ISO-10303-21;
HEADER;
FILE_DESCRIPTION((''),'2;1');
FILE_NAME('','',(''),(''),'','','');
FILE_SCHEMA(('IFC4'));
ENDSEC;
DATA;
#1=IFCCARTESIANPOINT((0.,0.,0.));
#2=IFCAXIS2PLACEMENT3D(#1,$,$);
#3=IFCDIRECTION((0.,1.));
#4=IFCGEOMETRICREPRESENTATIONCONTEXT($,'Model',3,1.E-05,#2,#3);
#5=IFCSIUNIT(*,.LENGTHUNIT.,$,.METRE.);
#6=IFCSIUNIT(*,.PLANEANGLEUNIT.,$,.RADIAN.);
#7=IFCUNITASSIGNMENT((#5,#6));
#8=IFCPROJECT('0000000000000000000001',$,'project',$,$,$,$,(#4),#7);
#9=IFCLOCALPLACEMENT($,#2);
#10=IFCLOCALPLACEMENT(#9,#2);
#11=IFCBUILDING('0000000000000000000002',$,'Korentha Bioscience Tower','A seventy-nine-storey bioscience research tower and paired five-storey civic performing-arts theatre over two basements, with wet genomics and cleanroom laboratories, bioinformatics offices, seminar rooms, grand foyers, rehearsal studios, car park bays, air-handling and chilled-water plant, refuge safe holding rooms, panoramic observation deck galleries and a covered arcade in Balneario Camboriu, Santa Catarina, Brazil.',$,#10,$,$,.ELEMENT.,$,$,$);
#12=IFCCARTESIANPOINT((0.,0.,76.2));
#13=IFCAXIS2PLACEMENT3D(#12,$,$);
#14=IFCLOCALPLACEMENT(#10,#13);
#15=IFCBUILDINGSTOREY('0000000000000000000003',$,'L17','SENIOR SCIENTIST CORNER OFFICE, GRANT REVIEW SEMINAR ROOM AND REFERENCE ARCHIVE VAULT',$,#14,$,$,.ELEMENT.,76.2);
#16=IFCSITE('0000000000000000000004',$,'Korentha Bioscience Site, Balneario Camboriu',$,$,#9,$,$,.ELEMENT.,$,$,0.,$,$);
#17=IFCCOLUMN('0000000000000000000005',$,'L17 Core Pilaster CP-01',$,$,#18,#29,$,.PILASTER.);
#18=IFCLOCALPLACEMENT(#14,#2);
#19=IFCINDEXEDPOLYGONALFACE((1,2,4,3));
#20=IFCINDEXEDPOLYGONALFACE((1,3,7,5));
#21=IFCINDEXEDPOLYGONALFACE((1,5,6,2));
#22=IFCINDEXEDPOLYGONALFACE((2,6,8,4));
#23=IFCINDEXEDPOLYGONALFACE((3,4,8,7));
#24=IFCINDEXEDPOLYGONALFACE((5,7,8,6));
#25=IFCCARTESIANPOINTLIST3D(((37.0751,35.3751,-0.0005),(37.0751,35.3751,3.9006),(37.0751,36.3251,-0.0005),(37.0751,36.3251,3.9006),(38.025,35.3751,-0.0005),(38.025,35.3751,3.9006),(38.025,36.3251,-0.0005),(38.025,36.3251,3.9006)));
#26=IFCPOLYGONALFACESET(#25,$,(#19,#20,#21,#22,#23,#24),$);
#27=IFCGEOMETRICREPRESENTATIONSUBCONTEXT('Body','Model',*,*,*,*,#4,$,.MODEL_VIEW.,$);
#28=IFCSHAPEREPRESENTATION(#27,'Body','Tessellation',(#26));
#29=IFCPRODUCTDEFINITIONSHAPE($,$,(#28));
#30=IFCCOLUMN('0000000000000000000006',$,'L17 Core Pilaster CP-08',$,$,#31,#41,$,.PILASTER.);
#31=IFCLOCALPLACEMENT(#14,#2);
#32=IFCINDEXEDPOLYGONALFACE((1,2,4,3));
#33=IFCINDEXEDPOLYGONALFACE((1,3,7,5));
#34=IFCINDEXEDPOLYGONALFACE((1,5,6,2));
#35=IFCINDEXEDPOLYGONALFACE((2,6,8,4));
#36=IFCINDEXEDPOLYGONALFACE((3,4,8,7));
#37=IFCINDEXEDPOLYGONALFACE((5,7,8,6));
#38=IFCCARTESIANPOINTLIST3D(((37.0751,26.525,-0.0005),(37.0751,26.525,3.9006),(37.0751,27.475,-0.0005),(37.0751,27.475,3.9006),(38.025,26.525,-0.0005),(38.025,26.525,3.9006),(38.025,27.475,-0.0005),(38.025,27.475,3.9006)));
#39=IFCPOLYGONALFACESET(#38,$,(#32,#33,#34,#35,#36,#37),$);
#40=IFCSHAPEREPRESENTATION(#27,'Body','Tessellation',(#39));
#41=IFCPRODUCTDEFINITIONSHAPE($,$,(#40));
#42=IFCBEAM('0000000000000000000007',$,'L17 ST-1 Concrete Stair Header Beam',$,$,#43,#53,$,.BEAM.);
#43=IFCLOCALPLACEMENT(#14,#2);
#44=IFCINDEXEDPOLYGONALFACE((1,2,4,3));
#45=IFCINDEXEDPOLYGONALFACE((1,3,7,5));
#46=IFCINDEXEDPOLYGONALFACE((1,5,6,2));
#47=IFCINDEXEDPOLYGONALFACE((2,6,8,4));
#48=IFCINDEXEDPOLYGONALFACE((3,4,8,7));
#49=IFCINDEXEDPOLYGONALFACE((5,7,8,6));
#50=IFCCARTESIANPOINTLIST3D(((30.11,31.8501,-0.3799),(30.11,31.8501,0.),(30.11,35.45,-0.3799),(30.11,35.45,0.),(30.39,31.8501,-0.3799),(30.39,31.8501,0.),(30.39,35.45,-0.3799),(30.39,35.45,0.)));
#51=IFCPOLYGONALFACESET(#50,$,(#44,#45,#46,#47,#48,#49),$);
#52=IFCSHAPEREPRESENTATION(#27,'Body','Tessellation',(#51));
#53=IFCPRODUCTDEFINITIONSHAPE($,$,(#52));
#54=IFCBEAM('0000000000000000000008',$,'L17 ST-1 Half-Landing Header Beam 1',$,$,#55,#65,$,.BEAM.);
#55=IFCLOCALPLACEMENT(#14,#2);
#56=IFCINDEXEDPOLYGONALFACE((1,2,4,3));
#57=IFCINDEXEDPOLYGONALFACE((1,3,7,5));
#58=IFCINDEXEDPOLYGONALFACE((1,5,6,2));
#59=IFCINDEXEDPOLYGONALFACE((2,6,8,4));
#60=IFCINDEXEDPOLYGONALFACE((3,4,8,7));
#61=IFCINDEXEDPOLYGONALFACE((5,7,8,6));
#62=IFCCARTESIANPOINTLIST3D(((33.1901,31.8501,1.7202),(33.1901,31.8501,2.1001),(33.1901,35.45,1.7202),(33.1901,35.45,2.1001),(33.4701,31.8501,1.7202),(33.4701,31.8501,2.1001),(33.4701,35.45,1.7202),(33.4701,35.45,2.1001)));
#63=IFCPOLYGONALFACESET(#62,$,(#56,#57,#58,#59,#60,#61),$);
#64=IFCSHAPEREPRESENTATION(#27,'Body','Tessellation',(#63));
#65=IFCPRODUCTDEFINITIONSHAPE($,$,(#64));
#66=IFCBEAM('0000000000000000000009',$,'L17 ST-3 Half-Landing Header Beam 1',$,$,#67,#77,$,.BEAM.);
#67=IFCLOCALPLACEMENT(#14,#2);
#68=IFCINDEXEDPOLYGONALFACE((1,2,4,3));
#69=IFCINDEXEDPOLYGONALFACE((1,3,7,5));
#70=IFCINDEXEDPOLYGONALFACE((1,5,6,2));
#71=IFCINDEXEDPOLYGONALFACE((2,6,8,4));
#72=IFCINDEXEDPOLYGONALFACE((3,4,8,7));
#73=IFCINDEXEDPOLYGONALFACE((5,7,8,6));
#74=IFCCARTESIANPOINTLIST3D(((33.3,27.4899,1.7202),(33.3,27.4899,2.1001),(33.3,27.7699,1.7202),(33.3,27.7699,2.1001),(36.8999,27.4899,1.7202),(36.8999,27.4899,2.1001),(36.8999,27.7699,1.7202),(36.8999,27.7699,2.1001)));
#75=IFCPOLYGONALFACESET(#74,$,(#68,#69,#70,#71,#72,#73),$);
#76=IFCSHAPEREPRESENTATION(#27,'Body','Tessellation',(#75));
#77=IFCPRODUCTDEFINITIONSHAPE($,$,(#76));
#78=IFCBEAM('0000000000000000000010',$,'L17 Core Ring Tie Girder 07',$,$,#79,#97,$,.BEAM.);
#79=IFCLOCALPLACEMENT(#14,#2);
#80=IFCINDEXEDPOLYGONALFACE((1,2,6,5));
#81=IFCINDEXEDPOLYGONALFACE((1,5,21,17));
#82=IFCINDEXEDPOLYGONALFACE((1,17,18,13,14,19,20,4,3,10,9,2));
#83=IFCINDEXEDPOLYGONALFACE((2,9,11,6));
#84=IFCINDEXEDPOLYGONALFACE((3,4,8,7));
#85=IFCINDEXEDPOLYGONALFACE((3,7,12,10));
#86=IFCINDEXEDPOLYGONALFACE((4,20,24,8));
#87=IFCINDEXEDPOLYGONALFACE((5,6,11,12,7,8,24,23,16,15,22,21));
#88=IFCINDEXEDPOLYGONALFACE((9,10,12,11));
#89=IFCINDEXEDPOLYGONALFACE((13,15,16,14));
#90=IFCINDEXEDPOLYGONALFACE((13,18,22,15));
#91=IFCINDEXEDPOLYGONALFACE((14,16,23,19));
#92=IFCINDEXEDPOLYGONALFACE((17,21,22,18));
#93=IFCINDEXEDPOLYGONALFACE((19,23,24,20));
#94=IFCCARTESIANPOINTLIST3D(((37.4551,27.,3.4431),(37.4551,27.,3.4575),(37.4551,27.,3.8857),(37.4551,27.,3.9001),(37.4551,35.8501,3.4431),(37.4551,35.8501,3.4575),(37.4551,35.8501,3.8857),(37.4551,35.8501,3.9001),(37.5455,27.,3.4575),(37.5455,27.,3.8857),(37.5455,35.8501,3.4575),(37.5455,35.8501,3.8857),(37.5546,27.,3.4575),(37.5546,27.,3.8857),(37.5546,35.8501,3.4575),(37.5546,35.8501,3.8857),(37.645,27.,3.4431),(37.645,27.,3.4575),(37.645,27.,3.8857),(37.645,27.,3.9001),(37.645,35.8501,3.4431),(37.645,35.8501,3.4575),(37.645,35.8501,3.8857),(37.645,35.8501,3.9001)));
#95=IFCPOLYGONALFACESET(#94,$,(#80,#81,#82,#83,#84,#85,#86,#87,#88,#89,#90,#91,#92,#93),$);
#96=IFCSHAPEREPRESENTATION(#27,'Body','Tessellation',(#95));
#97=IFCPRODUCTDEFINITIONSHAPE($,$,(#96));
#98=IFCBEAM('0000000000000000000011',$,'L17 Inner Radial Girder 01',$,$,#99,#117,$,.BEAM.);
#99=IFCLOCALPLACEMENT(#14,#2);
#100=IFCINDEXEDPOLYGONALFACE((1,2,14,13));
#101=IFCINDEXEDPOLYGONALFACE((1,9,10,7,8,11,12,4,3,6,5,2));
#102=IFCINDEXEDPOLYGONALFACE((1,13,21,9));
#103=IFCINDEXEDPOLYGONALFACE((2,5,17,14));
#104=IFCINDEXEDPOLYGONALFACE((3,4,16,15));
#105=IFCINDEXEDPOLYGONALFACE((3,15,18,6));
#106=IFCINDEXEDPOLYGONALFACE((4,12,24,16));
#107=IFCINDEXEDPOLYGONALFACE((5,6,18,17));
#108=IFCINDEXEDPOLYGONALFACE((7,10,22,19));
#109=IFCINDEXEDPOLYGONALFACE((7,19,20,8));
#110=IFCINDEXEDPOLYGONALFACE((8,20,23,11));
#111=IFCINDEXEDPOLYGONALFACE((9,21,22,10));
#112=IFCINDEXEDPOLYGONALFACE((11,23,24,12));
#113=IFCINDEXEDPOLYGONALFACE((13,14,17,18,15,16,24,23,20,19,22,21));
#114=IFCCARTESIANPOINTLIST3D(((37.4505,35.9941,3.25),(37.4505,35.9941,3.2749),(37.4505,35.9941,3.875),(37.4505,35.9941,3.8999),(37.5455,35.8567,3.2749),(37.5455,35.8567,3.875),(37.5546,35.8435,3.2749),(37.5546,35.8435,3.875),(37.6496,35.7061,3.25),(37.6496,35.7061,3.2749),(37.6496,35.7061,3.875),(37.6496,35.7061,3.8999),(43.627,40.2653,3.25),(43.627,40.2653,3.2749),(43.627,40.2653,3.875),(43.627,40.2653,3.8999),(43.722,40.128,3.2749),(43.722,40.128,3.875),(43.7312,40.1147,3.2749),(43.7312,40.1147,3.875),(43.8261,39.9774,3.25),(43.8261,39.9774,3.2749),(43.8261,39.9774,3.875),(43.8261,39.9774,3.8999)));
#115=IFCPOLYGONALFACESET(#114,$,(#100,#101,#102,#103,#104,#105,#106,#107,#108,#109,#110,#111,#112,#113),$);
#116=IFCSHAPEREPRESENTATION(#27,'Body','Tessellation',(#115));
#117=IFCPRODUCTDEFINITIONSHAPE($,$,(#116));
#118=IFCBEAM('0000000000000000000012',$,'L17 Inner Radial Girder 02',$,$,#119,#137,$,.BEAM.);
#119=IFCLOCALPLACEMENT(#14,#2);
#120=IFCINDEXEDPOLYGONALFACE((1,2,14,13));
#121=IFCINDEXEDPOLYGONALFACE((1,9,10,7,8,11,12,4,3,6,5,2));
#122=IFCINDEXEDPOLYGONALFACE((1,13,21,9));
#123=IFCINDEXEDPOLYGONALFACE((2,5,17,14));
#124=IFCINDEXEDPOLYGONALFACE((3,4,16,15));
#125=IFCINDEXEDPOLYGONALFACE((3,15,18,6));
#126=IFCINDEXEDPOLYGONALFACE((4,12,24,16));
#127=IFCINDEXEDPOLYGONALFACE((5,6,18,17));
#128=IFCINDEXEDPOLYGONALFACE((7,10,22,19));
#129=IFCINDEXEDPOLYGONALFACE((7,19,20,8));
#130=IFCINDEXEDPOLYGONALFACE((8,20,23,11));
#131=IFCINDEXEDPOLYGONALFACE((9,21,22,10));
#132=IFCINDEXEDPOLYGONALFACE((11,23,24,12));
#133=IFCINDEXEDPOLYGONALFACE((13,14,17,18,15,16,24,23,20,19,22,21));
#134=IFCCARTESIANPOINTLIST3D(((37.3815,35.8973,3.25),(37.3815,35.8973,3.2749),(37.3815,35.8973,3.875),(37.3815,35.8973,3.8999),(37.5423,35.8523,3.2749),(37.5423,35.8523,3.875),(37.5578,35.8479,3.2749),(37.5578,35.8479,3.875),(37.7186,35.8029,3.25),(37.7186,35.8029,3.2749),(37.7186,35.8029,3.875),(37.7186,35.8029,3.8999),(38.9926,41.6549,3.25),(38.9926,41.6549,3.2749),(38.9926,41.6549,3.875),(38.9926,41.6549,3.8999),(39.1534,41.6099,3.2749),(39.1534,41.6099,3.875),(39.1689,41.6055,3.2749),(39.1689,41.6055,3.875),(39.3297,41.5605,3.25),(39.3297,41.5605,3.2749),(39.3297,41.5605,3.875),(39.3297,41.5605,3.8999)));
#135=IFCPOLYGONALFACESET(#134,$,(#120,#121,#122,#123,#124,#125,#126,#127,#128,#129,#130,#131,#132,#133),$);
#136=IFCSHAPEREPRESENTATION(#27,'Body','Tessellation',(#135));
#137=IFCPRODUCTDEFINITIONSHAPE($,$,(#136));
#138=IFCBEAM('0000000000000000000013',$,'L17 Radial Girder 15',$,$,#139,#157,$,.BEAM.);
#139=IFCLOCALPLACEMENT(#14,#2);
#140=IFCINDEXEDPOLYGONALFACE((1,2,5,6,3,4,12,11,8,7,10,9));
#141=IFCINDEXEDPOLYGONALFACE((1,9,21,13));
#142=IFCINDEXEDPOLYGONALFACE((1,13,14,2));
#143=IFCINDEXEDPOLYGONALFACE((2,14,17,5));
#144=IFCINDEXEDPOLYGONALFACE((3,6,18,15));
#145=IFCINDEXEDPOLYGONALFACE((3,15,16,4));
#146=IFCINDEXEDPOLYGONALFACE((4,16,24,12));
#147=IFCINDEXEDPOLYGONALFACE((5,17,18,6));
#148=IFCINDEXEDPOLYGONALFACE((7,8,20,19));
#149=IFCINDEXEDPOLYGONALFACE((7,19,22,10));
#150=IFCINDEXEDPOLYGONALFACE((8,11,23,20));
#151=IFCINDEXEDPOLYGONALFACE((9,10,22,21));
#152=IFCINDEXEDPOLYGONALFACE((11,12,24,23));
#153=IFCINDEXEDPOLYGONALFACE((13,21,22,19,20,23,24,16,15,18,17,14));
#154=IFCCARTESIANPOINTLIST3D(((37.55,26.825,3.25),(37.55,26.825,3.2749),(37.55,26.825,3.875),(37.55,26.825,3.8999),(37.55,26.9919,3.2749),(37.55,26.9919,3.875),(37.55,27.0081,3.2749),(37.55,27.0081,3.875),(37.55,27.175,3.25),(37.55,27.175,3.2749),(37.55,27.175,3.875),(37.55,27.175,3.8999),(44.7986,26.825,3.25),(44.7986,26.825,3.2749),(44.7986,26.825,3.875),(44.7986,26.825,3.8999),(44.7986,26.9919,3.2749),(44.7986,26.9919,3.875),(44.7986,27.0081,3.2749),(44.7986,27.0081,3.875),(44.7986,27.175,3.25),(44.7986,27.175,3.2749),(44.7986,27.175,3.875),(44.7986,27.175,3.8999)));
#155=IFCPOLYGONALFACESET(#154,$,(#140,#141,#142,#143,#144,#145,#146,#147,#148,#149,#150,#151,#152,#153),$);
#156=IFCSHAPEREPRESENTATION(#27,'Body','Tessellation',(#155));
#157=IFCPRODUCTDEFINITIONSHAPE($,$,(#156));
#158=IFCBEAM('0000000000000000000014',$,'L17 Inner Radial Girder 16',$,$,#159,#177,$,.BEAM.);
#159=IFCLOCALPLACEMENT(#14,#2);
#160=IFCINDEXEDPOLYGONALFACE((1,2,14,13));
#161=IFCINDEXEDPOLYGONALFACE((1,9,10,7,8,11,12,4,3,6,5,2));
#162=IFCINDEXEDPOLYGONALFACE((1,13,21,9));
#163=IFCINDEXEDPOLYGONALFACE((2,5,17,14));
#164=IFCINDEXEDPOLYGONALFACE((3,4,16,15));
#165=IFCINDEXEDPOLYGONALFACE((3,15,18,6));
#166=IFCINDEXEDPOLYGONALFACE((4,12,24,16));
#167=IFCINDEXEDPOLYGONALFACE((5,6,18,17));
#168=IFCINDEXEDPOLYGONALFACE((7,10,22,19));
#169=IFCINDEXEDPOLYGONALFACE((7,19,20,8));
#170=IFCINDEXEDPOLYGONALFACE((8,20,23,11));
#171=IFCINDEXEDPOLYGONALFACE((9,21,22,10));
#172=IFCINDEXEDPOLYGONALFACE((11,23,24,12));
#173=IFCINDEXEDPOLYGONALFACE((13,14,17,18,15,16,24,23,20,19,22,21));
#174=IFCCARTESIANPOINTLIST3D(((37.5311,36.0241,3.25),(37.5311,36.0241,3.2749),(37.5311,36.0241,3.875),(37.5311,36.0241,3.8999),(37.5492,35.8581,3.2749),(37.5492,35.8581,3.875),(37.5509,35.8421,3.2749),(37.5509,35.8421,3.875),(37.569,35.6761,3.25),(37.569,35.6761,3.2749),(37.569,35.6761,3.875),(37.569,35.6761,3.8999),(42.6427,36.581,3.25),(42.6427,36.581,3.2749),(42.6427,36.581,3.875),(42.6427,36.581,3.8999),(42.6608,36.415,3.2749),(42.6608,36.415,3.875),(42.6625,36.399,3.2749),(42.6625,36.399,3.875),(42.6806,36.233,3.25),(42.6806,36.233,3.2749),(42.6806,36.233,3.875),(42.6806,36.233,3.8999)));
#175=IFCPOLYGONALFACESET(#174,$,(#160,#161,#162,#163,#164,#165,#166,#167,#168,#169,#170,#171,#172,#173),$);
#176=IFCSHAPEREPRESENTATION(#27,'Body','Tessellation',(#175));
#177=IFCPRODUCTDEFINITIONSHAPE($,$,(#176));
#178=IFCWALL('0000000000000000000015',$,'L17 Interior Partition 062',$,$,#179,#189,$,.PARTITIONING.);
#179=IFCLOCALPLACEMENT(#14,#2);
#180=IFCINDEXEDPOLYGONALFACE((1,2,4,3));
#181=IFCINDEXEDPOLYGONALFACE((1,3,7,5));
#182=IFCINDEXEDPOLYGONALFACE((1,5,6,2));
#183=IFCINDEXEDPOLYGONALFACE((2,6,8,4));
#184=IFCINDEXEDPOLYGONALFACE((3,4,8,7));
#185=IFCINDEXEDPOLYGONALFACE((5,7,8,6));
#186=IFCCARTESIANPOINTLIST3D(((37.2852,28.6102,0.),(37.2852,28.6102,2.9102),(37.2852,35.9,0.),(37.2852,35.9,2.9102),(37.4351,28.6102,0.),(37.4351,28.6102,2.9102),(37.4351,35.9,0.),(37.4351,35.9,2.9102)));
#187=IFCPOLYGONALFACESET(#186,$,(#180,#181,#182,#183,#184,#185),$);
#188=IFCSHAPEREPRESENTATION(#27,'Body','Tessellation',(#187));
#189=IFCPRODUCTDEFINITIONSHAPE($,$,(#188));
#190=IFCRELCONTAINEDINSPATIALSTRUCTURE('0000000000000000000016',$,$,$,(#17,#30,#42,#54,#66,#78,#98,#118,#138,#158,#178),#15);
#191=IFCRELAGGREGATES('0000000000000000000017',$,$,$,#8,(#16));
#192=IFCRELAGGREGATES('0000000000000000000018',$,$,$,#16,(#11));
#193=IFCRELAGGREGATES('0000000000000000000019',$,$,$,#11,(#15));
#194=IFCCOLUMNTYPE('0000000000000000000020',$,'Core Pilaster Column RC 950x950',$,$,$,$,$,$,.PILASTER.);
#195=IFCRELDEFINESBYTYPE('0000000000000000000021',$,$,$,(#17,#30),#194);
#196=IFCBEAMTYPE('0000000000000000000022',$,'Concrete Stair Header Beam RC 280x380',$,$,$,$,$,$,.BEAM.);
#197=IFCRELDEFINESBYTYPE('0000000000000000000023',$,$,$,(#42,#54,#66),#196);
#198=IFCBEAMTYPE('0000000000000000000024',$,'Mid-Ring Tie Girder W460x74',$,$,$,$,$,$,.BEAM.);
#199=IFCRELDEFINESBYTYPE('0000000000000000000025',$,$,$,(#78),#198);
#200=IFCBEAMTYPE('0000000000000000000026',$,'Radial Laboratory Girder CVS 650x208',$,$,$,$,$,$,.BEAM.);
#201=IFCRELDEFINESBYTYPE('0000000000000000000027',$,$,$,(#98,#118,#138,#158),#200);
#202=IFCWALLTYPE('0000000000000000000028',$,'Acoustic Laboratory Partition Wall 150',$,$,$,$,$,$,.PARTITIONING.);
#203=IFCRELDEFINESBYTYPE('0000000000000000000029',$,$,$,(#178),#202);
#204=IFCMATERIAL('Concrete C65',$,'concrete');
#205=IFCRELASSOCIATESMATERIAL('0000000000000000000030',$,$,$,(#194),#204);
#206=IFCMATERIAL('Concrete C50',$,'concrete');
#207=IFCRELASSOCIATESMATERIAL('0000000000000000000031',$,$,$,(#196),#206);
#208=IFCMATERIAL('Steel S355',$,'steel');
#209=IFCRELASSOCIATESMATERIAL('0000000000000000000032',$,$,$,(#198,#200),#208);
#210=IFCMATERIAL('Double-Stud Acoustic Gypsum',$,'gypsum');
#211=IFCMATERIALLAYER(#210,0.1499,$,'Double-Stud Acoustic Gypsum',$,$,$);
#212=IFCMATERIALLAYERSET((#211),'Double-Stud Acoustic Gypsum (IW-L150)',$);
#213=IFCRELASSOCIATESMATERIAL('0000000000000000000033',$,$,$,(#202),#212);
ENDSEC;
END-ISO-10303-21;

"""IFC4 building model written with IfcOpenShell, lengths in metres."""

from ifc_helpers import new_model, si_unit, direction, frame, frame_2d, origin, origin_2d, place, context, subcontext, project, spatial, rectangle, i_section, extrude, material, layer, layer_set, material_profile, profile_set, type_object, element, save


model = new_model("IFC4")

# Units and contexts
model_context = context("Model", 3, precision=1e-05, world=origin(), true_north=direction((0.0, 1.0)))
body_context = subcontext(model_context, "Body", "Model", "MODEL_VIEW")
ifc_project = project(units=[si_unit("LENGTHUNIT", "METRE"), si_unit("PLANEANGLEUNIT", "RADIAN")], contexts=[model_context])

# Site, building, storey
site_placement = place(None, origin())
site = spatial("IfcSite", under=ifc_project, at=site_placement, Name="Korentha Bioscience Site, Balneario Camboriu", CompositionType="ELEMENT", RefElevation=0.0)
building_placement = place(site_placement, origin())
building = spatial("IfcBuilding", under=site, at=building_placement, Name="Korentha Bioscience Tower", Description="A seventy-nine-storey bioscience research tower and paired five-storey civic performing-arts theatre over two basements, with wet genomics and cleanroom laboratories, bioinformatics offices, seminar rooms, grand foyers, rehearsal studios, car park bays, air-handling and chilled-water plant, refuge safe holding rooms, panoramic observation deck galleries and a covered arcade in Balneario Camboriu, Santa Catarina, Brazil.", CompositionType="ELEMENT")
storey_placement = place(building_placement, frame((0.0, 0.0, 76.2)))
storey = spatial("IfcBuildingStorey", under=building, at=storey_placement, Name="L17", Description="SENIOR SCIENTIST CORNER OFFICE, GRANT REVIEW SEMINAR ROOM AND REFERENCE ARCHIVE VAULT", CompositionType="ELEMENT", Elevation=76.2)

# Columns
ifc_material_1 = material(Name="Concrete C65", Category="concrete")
ifc_material_profile_1 = material_profile(ifc_material_1, rectangle(XDim=0.95, YDim=0.95, at=origin_2d()), Name="Concrete C65")
ifc_profile_set_1 = profile_set([ifc_material_profile_1], Name="Concrete C65 (COL-CP09)")
column_type = type_object("IfcColumnType", Name="Core Pilaster Column RC 950x950", PredefinedType="PILASTER", material=ifc_profile_set_1)
for number, where, z_axis, x_axis, name in (
    (1, (37.55, 35.8501, -0.0005), (0.0, 0.0, 1.0), (1.0, 0.0, 0.0), "L17 Core Pilaster CP-01"),
    (2, (37.55, 27.0, -0.0005), (0.0, 0.0, 1.0), (1.0, 0.0, 0.0), "L17 Core Pilaster CP-08"),
):
    element("IfcColumn", number, at=place(storey_placement, frame(where, z_axis=z_axis, x_axis=x_axis)), inside=storey, type_object=column_type, Name=name, PredefinedType="PILASTER", context=body_context, shape_type="SweptSolid", body=[
        extrude(rectangle(XDim=0.95, YDim=0.95, at=origin_2d()), origin(), (0.0, 0.0, 1.0), 3.9011),
    ])

# Beams
ifc_material_2 = material(Name="Concrete C50", Category="concrete")
ifc_material_profile_2 = material_profile(ifc_material_2, rectangle(XDim=0.28, YDim=0.3799, at=origin_2d()), Name="Concrete C50")
ifc_profile_set_2 = profile_set([ifc_material_profile_2], Name="Concrete C50 (ST-HB380)")
beam_type_1 = type_object("IfcBeamType", Name="Concrete Stair Header Beam RC 280x380", PredefinedType="BEAM", material=ifc_profile_set_2)
for number, where, z_axis, x_axis, name in (
    (3, (30.25, 31.8501, -0.1899), (0.0, 1.0, 0.0), (-1.0, 0.0, 0.0), "L17 ST-1 Concrete Stair Header Beam"),
    (4, (33.3301, 31.8501, 1.9102), (0.0, 1.0, 0.0), (-1.0, 0.0, 0.0), "L17 ST-1 Half-Landing Header Beam 1"),
    (5, (36.8999, 27.6299, 1.9102), (-1.0, 0.0, 0.0), (0.0, -1.0, 0.0), "L17 ST-3 Half-Landing Header Beam 1"),
):
    element("IfcBeam", number, at=place(storey_placement, frame(where, z_axis=z_axis, x_axis=x_axis)), inside=storey, type_object=beam_type_1, Name=name, PredefinedType="BEAM", context=body_context, shape_type="SweptSolid", body=[
        extrude(rectangle(XDim=0.28, YDim=0.3799, at=origin_2d()), origin(), (0.0, 0.0, 1.0), 3.5999),
    ])
ifc_material_3 = material(Name="Steel S355", Category="steel")
ifc_material_profile_3 = material_profile(ifc_material_3, i_section(OverallWidth=0.1899, OverallDepth=0.457, WebThickness=0.009, FlangeThickness=0.0144, at=origin_2d()), Name="Steel S355")
ifc_profile_set_3 = profile_set([ifc_material_profile_3], Name="Steel S355 (MB-460)")
beam_type_2 = type_object("IfcBeamType", Name="Mid-Ring Tie Girder W460x74", PredefinedType="BEAM", material=ifc_profile_set_3)
beam_1_placement = place(storey_placement, frame((37.55, 27.0, 3.6716), z_axis=(0.0, 1.0, 0.0), x_axis=(-1.0, 0.0, 0.0)))
element("IfcBeam", 6, at=beam_1_placement, inside=storey, type_object=beam_type_2, Name="L17 Core Ring Tie Girder 07", PredefinedType="BEAM", context=body_context, shape_type="SweptSolid", body=[
    extrude(i_section(OverallWidth=0.1899, OverallDepth=0.457, WebThickness=0.009, FlangeThickness=0.0144, at=origin_2d()), origin(), (0.0, 0.0, 1.0), 8.8501),
])
ifc_material_profile_4 = material_profile(ifc_material_3, i_section(OverallWidth=0.3501, OverallDepth=0.6499, WebThickness=0.0161, FlangeThickness=0.0249, at=origin_2d()), Name="Steel S355")
ifc_profile_set_4 = profile_set([ifc_material_profile_4], Name="Steel S355 (RB-650)")
beam_type_3 = type_object("IfcBeamType", Name="Radial Laboratory Girder CVS 650x208", PredefinedType="BEAM", material=ifc_profile_set_4)
beam_2_placement = place(storey_placement, frame((37.55, 35.8501, 3.575), z_axis=(0.822492, 0.568777, 0.0), x_axis=(-0.568777, 0.822492, 0.0)))
element("IfcBeam", 7, at=beam_2_placement, inside=storey, type_object=beam_type_3, Name="L17 Inner Radial Girder 01", PredefinedType="BEAM", context=body_context, shape_type="SweptSolid", body=[
    extrude(i_section(OverallWidth=0.3501, OverallDepth=0.6499, WebThickness=0.0161, FlangeThickness=0.0249, at=origin_2d()), origin(), (0.0, 0.0, 1.0), 7.5095),
])
beam_3_placement = place(storey_placement, frame((37.55, 35.8501, 3.575), z_axis=(0.269469, 0.963009, 0.0), x_axis=(-0.963009, 0.269469, 0.0)))
element("IfcBeam", 8, at=beam_3_placement, inside=storey, type_object=beam_type_3, Name="L17 Inner Radial Girder 02", PredefinedType="BEAM", context=body_context, shape_type="SweptSolid", body=[
    extrude(i_section(OverallWidth=0.3501, OverallDepth=0.6499, WebThickness=0.0161, FlangeThickness=0.0249, at=origin_2d()), origin(), (0.0, 0.0, 1.0), 5.9788),
])
beam_4_placement = place(storey_placement, frame((37.55, 27.0, 3.575), z_axis=(1.0, 0.0, 0.0), x_axis=(0.0, 1.0, 0.0)))
element("IfcBeam", 9, at=beam_4_placement, inside=storey, type_object=beam_type_3, Name="L17 Radial Girder 15", PredefinedType="BEAM", context=body_context, shape_type="SweptSolid", body=[
    extrude(i_section(OverallWidth=0.3501, OverallDepth=0.6499, WebThickness=0.0161, FlangeThickness=0.0249, at=origin_2d()), origin(), (0.0, 0.0, 1.0), 7.2485),
])
beam_5_placement = place(storey_placement, frame((37.55, 35.8501, 3.575), z_axis=(0.994118, 0.108305, 0.0), x_axis=(-0.108305, 0.994118, 0.0)))
element("IfcBeam", 10, at=beam_5_placement, inside=storey, type_object=beam_type_3, Name="L17 Inner Radial Girder 16", PredefinedType="BEAM", context=body_context, shape_type="SweptSolid", body=[
    extrude(i_section(OverallWidth=0.3501, OverallDepth=0.6499, WebThickness=0.0161, FlangeThickness=0.0249, at=origin_2d()), origin(), (0.0, 0.0, 1.0), 5.1418),
])

# Wall
ifc_material_4 = material(Name="Double-Stud Acoustic Gypsum", Category="gypsum")
ifc_layer_1 = layer(ifc_material_4, 0.1499, Name="Double-Stud Acoustic Gypsum")
ifc_layer_set_1 = layer_set([ifc_layer_1], Name="Double-Stud Acoustic Gypsum (IW-L150)")
wall_type_1 = type_object("IfcWallType", Name="Acoustic Laboratory Partition Wall 150", PredefinedType="PARTITIONING", material=ifc_layer_set_1)
wall_1_placement = place(storey_placement, frame((37.3601, 28.6101, 0.0), z_axis=(0.0, 0.0, 1.0), x_axis=(0.0, 1.0, 0.0)))
element("IfcWall", 11, at=wall_1_placement, inside=storey, type_object=wall_type_1, Name="L17 Interior Partition 062", PredefinedType="PARTITIONING", context=body_context, shape_type="SweptSolid", body=[
    extrude(rectangle(XDim=7.2898, YDim=0.1499, at=frame_2d((3.645, 0.0))), origin(), (0.0, 0.0, 1.0), 2.9102),
])

save(model, "model.ifc")
